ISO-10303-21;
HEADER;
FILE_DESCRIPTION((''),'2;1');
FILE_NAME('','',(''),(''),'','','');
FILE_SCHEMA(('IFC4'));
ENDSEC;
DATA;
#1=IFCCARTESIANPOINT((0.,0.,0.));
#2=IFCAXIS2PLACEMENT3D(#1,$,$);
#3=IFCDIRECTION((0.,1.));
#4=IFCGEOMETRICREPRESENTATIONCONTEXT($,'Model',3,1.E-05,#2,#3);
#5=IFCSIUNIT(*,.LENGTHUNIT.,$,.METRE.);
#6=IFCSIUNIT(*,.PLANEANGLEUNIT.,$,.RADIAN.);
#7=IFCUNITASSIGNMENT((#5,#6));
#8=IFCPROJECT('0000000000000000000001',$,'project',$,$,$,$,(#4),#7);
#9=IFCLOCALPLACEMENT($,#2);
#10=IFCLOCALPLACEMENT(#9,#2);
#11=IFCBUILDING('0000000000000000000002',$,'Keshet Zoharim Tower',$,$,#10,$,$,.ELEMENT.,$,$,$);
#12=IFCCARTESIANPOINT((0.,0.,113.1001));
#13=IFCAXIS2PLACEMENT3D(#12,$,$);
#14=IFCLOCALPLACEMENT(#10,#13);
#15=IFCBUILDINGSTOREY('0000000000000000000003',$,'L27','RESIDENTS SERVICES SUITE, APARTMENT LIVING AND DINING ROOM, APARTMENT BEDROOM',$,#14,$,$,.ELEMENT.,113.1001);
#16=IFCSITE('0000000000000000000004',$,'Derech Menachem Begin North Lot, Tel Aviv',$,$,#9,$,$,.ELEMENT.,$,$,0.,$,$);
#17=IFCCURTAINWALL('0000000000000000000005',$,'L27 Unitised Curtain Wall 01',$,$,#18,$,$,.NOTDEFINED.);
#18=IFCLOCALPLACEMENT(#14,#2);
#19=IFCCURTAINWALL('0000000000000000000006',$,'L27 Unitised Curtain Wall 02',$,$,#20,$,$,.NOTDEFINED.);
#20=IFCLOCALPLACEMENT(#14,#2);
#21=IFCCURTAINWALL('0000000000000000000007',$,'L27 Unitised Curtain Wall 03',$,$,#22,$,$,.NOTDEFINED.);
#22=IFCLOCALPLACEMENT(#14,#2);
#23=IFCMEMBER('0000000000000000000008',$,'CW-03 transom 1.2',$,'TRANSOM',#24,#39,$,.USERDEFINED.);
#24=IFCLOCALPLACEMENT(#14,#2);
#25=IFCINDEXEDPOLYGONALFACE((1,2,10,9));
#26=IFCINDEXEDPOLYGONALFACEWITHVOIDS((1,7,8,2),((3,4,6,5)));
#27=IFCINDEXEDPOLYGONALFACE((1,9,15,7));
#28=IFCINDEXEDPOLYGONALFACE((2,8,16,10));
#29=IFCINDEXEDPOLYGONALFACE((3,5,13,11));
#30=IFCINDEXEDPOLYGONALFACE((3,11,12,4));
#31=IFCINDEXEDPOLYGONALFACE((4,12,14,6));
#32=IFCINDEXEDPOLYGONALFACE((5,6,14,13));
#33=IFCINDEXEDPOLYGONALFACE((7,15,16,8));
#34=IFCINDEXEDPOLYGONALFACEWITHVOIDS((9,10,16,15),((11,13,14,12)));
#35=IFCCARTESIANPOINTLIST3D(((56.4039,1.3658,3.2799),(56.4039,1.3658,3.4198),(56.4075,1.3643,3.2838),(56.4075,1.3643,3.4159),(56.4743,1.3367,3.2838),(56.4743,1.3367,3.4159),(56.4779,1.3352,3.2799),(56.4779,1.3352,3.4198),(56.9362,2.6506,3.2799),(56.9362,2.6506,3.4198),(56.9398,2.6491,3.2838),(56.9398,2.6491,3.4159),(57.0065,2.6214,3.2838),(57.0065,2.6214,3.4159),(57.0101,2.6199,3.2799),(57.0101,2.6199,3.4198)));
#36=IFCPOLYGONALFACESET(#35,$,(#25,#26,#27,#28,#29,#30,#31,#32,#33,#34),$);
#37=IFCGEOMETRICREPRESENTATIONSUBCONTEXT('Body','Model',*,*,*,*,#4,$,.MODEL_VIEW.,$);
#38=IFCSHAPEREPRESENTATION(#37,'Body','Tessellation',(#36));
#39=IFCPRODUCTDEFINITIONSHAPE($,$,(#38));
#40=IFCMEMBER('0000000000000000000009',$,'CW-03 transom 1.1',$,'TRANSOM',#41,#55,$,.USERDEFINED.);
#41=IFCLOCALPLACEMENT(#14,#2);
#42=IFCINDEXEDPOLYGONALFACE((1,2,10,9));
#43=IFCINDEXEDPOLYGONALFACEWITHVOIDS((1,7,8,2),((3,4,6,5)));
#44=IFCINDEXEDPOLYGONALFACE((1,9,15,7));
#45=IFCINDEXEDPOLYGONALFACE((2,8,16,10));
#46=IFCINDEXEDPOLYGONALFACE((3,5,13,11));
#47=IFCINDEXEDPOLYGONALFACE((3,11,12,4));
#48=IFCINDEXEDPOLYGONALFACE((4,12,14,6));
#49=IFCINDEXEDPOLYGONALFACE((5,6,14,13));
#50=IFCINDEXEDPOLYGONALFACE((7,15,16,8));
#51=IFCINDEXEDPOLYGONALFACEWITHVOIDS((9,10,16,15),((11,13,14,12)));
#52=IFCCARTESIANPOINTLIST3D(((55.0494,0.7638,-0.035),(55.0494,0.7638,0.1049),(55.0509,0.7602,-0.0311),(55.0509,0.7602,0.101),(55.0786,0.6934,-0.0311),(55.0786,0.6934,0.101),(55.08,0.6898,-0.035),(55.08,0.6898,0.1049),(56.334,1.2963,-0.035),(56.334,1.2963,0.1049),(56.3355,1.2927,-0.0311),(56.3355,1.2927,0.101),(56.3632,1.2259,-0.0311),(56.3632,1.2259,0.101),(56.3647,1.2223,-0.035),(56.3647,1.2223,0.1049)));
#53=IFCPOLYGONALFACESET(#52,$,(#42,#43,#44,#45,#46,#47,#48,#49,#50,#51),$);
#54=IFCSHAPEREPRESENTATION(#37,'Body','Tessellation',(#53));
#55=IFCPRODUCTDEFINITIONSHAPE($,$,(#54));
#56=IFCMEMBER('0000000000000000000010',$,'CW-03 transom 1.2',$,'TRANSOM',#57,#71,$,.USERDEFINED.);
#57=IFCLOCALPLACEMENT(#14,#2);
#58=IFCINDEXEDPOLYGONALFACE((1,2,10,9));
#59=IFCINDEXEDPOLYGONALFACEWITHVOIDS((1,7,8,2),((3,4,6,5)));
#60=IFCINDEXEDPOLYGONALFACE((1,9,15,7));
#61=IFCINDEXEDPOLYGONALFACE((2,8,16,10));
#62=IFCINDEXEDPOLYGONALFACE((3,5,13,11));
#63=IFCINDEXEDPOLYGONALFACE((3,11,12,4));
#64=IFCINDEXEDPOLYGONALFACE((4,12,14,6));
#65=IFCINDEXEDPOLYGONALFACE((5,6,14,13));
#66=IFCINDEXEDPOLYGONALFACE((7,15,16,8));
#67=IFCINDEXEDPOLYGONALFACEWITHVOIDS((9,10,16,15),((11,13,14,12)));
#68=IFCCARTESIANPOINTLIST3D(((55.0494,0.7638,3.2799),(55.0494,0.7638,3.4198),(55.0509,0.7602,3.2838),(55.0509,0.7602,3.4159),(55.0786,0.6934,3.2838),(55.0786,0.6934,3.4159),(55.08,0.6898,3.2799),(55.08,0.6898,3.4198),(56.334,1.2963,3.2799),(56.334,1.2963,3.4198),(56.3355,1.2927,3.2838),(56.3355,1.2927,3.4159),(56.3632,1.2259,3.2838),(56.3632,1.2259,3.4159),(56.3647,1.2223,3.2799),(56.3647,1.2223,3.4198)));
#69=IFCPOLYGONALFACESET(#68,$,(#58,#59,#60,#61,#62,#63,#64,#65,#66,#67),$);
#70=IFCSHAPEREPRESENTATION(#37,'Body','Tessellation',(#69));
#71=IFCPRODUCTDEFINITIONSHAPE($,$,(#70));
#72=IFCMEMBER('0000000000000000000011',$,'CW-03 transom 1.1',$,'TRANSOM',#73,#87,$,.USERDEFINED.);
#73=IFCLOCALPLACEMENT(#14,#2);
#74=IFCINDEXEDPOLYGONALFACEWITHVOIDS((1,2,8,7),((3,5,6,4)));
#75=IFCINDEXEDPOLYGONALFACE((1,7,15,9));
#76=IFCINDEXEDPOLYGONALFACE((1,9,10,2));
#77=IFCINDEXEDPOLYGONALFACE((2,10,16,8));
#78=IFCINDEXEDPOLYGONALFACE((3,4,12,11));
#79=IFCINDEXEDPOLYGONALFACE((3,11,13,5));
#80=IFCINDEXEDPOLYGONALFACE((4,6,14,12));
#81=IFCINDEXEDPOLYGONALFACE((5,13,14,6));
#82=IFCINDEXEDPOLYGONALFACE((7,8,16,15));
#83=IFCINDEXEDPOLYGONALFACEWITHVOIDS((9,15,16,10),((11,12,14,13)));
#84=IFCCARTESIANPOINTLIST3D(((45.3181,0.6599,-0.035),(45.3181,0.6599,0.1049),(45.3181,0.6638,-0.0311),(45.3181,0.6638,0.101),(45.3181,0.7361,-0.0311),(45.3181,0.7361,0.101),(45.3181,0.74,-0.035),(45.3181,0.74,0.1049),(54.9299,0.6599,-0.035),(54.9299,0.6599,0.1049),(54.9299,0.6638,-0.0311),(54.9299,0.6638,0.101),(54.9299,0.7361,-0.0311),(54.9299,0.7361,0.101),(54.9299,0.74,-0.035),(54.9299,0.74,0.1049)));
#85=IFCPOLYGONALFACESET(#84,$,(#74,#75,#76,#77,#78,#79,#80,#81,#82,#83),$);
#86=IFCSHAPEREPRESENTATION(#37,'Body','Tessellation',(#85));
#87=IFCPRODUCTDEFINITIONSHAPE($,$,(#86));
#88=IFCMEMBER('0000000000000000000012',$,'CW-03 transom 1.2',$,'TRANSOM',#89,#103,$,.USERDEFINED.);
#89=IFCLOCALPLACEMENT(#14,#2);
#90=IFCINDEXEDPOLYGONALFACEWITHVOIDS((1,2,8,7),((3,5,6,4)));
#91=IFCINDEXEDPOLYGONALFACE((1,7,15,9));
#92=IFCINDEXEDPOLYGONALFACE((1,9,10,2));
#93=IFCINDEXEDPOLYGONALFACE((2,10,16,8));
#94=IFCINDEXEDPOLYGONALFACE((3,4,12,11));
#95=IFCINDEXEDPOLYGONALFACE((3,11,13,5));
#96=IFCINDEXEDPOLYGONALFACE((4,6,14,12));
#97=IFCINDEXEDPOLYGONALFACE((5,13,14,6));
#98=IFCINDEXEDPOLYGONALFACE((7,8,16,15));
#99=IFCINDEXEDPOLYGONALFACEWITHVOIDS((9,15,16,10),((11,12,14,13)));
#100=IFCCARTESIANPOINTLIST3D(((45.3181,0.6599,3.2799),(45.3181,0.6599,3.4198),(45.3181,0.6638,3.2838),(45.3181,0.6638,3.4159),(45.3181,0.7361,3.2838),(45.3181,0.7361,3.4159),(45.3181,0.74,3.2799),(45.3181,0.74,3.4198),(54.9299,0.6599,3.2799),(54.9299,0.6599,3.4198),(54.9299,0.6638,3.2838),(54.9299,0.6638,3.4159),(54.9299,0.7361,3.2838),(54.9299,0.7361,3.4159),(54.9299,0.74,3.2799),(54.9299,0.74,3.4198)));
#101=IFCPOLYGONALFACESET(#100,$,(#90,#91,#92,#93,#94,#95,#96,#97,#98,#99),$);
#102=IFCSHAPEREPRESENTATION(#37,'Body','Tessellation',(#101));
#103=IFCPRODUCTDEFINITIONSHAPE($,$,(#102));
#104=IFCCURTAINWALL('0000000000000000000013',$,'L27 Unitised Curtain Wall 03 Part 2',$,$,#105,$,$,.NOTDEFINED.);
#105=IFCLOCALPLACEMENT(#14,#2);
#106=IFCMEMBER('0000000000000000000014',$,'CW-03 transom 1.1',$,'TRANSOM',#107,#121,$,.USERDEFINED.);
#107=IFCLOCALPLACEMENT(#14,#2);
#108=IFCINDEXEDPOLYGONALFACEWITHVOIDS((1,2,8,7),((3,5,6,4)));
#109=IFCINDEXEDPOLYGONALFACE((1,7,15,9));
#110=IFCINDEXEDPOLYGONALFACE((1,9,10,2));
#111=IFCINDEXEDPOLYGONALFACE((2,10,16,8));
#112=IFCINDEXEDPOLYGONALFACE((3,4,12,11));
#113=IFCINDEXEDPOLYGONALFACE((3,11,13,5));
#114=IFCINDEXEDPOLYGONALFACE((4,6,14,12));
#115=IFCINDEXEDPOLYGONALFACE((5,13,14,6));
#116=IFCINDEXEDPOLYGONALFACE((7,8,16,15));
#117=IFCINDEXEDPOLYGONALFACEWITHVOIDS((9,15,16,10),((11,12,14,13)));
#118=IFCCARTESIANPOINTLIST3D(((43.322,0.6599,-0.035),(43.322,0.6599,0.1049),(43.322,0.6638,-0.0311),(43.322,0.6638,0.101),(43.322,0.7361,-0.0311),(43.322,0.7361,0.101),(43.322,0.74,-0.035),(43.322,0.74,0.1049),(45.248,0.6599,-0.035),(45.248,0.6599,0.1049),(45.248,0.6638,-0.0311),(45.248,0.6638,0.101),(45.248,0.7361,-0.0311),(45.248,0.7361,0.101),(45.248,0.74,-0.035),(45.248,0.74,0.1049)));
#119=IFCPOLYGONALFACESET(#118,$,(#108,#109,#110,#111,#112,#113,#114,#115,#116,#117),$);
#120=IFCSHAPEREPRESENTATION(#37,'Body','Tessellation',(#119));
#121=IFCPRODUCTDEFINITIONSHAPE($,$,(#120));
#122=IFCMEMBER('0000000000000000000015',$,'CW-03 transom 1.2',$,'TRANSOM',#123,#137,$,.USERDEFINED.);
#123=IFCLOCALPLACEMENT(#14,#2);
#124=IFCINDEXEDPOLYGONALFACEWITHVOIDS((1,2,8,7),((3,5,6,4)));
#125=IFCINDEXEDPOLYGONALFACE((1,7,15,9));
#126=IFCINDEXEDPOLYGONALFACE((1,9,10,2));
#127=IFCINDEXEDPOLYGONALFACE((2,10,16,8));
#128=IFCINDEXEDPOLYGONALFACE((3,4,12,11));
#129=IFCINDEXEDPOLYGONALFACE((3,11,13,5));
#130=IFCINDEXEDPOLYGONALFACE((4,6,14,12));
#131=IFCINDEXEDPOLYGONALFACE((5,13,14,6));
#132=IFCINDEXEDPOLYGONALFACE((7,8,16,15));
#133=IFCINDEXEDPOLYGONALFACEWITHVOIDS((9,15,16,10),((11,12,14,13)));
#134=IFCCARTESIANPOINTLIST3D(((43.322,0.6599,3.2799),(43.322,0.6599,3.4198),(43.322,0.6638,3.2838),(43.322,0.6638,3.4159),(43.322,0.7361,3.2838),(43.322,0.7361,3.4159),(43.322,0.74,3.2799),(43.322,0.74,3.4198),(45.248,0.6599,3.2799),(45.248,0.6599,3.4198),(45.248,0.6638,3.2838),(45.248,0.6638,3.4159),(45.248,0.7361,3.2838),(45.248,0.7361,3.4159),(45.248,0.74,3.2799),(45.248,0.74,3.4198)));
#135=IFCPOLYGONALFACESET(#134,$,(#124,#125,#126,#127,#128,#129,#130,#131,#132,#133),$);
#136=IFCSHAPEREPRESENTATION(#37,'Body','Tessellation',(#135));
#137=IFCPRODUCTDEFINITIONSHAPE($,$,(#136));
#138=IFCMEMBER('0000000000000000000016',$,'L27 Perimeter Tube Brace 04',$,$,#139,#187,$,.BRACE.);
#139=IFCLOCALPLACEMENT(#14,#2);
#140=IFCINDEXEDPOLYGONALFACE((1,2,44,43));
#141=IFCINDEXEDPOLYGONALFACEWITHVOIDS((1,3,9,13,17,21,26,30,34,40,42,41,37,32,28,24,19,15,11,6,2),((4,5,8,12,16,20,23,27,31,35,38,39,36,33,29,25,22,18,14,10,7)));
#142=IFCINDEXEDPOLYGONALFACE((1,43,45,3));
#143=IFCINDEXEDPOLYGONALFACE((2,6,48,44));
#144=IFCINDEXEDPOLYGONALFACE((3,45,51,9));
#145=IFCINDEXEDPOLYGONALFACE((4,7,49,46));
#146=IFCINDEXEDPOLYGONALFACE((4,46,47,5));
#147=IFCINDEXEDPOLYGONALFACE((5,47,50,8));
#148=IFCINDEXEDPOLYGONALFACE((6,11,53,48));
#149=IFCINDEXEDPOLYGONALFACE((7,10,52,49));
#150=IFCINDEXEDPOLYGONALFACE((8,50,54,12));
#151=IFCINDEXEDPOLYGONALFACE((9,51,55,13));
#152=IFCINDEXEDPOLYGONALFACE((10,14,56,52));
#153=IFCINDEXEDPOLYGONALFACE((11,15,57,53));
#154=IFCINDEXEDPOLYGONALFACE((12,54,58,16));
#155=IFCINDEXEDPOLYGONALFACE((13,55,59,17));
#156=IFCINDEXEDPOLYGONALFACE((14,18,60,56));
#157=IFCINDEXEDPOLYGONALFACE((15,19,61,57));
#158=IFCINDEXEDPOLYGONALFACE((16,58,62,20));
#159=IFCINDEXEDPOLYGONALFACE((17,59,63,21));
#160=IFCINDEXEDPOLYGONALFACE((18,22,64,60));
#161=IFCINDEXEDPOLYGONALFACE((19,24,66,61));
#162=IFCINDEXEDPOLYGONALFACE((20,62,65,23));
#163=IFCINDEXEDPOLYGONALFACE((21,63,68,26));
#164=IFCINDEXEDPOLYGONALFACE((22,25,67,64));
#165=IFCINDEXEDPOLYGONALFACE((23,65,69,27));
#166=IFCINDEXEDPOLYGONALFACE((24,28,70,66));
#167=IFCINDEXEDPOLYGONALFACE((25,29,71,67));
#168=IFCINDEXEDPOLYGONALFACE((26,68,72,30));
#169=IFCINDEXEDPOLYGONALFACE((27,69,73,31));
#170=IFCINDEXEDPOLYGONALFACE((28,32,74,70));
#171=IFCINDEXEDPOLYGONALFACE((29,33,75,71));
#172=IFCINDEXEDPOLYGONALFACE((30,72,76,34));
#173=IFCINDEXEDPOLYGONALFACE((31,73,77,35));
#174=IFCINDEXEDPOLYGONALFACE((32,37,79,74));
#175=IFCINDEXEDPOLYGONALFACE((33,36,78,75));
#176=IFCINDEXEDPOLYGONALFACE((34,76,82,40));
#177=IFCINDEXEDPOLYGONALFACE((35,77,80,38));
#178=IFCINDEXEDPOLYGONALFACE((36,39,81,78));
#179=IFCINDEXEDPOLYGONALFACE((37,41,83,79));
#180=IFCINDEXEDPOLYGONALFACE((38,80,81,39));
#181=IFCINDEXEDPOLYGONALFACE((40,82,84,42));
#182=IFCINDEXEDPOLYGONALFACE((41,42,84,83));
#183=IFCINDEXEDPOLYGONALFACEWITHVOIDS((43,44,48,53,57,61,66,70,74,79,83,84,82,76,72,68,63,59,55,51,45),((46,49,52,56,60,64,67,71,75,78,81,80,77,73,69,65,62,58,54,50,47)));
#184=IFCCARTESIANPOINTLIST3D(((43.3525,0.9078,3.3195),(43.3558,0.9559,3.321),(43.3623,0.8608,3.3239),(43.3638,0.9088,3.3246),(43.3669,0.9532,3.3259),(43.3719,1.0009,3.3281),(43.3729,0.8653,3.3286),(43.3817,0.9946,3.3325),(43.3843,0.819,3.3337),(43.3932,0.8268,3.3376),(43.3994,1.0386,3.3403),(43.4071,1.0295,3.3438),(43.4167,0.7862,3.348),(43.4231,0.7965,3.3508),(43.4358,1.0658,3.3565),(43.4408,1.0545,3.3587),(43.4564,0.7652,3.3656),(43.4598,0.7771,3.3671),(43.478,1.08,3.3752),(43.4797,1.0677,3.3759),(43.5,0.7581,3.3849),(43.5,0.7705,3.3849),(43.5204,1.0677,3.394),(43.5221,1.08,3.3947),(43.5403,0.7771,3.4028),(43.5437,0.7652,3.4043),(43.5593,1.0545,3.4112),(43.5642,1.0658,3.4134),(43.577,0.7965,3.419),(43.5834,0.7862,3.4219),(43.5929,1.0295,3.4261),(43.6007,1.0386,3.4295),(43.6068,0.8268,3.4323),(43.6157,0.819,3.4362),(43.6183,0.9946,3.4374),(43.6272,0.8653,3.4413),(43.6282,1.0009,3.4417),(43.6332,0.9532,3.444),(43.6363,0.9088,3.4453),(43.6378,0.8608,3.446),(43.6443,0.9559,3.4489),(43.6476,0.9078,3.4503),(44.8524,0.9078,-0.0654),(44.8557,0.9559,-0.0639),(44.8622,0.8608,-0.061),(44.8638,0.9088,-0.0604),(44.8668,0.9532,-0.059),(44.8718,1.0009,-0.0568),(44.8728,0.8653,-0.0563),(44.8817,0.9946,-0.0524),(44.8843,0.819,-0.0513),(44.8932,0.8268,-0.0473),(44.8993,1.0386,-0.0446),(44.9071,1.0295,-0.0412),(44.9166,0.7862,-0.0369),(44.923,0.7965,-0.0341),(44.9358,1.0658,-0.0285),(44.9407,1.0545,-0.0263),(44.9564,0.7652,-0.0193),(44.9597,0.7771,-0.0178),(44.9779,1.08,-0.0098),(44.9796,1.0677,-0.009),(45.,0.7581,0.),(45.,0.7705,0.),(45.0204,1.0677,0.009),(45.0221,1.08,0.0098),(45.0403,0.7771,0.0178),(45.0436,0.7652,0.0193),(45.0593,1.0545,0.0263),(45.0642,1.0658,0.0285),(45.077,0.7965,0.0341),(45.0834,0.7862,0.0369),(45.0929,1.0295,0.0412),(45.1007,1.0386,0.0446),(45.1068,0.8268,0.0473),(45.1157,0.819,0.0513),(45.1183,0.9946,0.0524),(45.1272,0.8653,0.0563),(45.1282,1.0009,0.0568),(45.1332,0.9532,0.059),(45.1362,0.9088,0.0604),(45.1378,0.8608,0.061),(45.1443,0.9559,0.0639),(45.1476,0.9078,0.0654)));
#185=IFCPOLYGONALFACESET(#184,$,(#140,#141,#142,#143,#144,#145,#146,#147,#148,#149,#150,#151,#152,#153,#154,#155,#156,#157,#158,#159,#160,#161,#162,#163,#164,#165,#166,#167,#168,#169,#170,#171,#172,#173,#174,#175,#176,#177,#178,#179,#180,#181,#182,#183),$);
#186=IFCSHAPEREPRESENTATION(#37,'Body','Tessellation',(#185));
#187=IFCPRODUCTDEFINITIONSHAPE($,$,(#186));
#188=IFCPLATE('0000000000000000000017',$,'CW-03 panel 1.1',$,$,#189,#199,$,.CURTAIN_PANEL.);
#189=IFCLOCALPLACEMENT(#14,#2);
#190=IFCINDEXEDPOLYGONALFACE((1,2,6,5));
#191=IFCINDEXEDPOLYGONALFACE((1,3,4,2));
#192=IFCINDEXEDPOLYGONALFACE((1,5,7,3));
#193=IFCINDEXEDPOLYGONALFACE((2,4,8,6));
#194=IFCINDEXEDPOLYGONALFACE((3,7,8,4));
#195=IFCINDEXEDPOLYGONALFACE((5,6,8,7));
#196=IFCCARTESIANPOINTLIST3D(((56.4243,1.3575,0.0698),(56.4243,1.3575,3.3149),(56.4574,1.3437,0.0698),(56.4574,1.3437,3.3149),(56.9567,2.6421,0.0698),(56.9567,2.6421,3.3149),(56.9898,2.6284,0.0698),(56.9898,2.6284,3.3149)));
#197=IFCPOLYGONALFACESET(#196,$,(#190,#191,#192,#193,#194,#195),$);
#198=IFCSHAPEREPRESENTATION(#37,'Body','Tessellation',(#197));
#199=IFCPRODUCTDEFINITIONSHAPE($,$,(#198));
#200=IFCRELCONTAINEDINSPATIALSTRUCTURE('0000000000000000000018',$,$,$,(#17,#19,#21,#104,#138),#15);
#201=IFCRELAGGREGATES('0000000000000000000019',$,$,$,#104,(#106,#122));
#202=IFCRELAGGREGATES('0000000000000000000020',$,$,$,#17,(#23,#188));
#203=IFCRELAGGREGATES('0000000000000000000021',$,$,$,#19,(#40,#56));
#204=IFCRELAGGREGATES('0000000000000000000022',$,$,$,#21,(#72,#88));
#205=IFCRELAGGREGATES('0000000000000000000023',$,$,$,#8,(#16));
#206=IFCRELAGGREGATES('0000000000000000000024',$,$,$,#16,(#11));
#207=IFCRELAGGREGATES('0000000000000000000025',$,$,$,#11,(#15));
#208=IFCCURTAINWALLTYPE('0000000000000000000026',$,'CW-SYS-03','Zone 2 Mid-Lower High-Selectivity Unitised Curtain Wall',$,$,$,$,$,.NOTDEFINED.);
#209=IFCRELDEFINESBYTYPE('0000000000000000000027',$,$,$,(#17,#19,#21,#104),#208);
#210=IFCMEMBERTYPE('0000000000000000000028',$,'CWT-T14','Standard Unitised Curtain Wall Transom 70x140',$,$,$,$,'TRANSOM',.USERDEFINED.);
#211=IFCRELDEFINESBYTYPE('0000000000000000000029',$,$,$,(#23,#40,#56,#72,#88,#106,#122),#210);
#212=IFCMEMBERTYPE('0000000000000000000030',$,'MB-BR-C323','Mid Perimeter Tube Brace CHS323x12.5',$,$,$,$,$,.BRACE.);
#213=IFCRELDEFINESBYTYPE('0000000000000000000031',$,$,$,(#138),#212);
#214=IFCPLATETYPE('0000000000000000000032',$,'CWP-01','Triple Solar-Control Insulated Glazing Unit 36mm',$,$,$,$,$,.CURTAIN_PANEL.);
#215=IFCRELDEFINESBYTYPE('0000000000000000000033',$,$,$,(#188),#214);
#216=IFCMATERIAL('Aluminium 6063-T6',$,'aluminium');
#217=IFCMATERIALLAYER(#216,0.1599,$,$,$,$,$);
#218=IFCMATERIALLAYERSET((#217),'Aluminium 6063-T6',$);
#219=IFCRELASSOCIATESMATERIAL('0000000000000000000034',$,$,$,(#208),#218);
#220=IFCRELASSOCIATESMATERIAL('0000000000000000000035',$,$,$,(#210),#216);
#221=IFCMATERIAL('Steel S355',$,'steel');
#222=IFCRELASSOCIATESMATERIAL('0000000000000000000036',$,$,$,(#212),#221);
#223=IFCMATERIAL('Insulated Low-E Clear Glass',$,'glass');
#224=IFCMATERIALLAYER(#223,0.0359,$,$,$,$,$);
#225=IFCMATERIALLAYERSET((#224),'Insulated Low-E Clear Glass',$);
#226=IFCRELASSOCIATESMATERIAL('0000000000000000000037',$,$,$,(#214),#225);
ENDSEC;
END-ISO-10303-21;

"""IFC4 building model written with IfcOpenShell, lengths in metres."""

from ifc_helpers import new_model, si_unit, direction, frame, origin, origin_2d, place, context, subcontext, project, spatial, rectangle, hollow_rectangle, hollow_circle, extrude, material, layer, layer_set, material_profile, profile_set, type_object, element, aggregate, save


model = new_model("IFC4")

# Units and contexts
model_context = context("Model", 3, precision=1e-05, world=origin(), true_north=direction((0.0, 1.0)))
body_context = subcontext(model_context, "Body", "Model", "MODEL_VIEW")
ifc_project = project(units=[si_unit("LENGTHUNIT", "METRE"), si_unit("PLANEANGLEUNIT", "RADIAN")], contexts=[model_context])

# Site, building, storey
site_placement = place(None, origin())
site = spatial("IfcSite", under=ifc_project, at=site_placement, Name="Derech Menachem Begin North Lot, Tel Aviv", CompositionType="ELEMENT", RefElevation=0.0)
building_placement = place(site_placement, origin())
building = spatial("IfcBuilding", under=site, at=building_placement, Name="Keshet Zoharim Tower", CompositionType="ELEMENT")
storey_placement = place(building_placement, frame((0.0, 0.0, 113.1001)))
storey = spatial("IfcBuildingStorey", under=building, at=storey_placement, Name="L27", Description="RESIDENTS SERVICES SUITE, APARTMENT LIVING AND DINING ROOM, APARTMENT BEDROOM", CompositionType="ELEMENT", Elevation=113.1001)

# Shared definitions
ifc_material_1 = material(Name="Steel S355", Category="steel")

# Curtain walls
ifc_material_2 = material(Name="Aluminium 6063-T6", Category="aluminium")
ifc_layer_1 = layer(ifc_material_2, 0.1599)
ifc_layer_set_1 = layer_set([ifc_layer_1], Name="Aluminium 6063-T6")
curtain_wall_type = type_object("IfcCurtainWallType", Name="CW-SYS-03", Description="Zone 2 Mid-Lower High-Selectivity Unitised Curtain Wall", PredefinedType="NOTDEFINED", material=ifc_layer_set_1)
curtain_wall_1_placement = place(storey_placement, origin())
curtain_wall_1 = element("IfcCurtainWall", 1, at=curtain_wall_1_placement, inside=storey, type_object=curtain_wall_type, Name="L27 Unitised Curtain Wall 01", PredefinedType="NOTDEFINED")
curtain_wall_2_placement = place(storey_placement, origin())
curtain_wall_2 = element("IfcCurtainWall", 2, at=curtain_wall_2_placement, inside=storey, type_object=curtain_wall_type, Name="L27 Unitised Curtain Wall 02", PredefinedType="NOTDEFINED")
curtain_wall_3_placement = place(storey_placement, origin())
curtain_wall_3 = element("IfcCurtainWall", 3, at=curtain_wall_3_placement, inside=storey, type_object=curtain_wall_type, Name="L27 Unitised Curtain Wall 03", PredefinedType="NOTDEFINED")

# Members
ifc_material_profile_1 = material_profile(ifc_material_2, hollow_rectangle(XDim=0.0801, YDim=0.1399, WallThickness=0.0039, at=origin_2d()), Name="TRN-80x140")
ifc_profile_set_1 = profile_set([ifc_material_profile_1], Name="Aluminium 6063-T6")
member_type_1 = type_object("IfcMemberType", Name="CWT-T14", Description="Standard Unitised Curtain Wall Transom 70x140", ElementType="TRANSOM", PredefinedType="USERDEFINED", material=ifc_profile_set_1)
member_1_placement = place(storey_placement, frame((56.9731, 2.6353, 3.3499), z_axis=(-0.382745, -0.923854, 0.0), x_axis=(0.923854, -0.382745, 0.0)))
member_1 = element("IfcMember", 4, at=member_1_placement, type_object=member_type_1, Name="CW-03 transom 1.2", ObjectType="TRANSOM", PredefinedType="USERDEFINED", context=body_context, shape_type="SweptSolid", body=[
    extrude(hollow_rectangle(XDim=0.0801, YDim=0.1399, WallThickness=0.0039, at=origin_2d()), origin(), (0.0, 0.0, 1.0), 1.3906),
])
member_2_placement = place(storey_placement, frame((56.3494, 1.2593, 0.0349), z_axis=(-0.923792, -0.382894, 0.0), x_axis=(0.382894, -0.923792, 0.0)))
member_2 = element("IfcMember", 5, at=member_2_placement, type_object=member_type_1, Name="CW-03 transom 1.1", ObjectType="TRANSOM", PredefinedType="USERDEFINED", context=body_context, shape_type="SweptSolid", body=[
    extrude(hollow_rectangle(XDim=0.0801, YDim=0.1399, WallThickness=0.0039, at=origin_2d()), origin(), (0.0, 0.0, 1.0), 1.3906),
])
member_3_placement = place(storey_placement, frame((56.3494, 1.2593, 3.3499), z_axis=(-0.923792, -0.382894, 0.0), x_axis=(0.382894, -0.923792, 0.0)))
member_3 = element("IfcMember", 6, at=member_3_placement, type_object=member_type_1, Name="CW-03 transom 1.2", ObjectType="TRANSOM", PredefinedType="USERDEFINED", context=body_context, shape_type="SweptSolid", body=[
    extrude(hollow_rectangle(XDim=0.0801, YDim=0.1399, WallThickness=0.0039, at=origin_2d()), origin(), (0.0, 0.0, 1.0), 1.3906),
])
member_4_placement = place(storey_placement, frame((54.9299, 0.7, 0.0349), z_axis=(-1.0, 0.0, 0.0), x_axis=(0.0, -1.0, 0.0)))
member_4 = element("IfcMember", 7, at=member_4_placement, type_object=member_type_1, Name="CW-03 transom 1.1", ObjectType="TRANSOM", PredefinedType="USERDEFINED", context=body_context, shape_type="SweptSolid", body=[
    extrude(hollow_rectangle(XDim=0.0801, YDim=0.1399, WallThickness=0.0039, at=origin_2d()), origin(), (0.0, 0.0, 1.0), 9.6118),
])
member_5_placement = place(storey_placement, frame((54.9299, 0.7, 3.3499), z_axis=(-1.0, 0.0, 0.0), x_axis=(0.0, -1.0, 0.0)))
member_5 = element("IfcMember", 8, at=member_5_placement, type_object=member_type_1, Name="CW-03 transom 1.2", ObjectType="TRANSOM", PredefinedType="USERDEFINED", context=body_context, shape_type="SweptSolid", body=[
    extrude(hollow_rectangle(XDim=0.0801, YDim=0.1399, WallThickness=0.0039, at=origin_2d()), origin(), (0.0, 0.0, 1.0), 9.6118),
])

# Curtain wall, members
curtain_wall_4_placement = place(storey_placement, origin())
curtain_wall_4 = element("IfcCurtainWall", 9, at=curtain_wall_4_placement, inside=storey, type_object=curtain_wall_type, Name="L27 Unitised Curtain Wall 03 Part 2", PredefinedType="NOTDEFINED")
member_6_placement = place(storey_placement, frame((45.248, 0.7, 0.0349), z_axis=(-1.0, 0.0, 0.0), x_axis=(0.0, -1.0, 0.0)))
member_6 = element("IfcMember", 10, at=member_6_placement, type_object=member_type_1, Name="CW-03 transom 1.1", ObjectType="TRANSOM", PredefinedType="USERDEFINED", context=body_context, shape_type="SweptSolid", body=[
    extrude(hollow_rectangle(XDim=0.0801, YDim=0.1399, WallThickness=0.0039, at=origin_2d()), origin(), (0.0, 0.0, 1.0), 1.926),
])
member_7_placement = place(storey_placement, frame((45.248, 0.7, 3.3499), z_axis=(-1.0, 0.0, 0.0), x_axis=(0.0, -1.0, 0.0)))
member_7 = element("IfcMember", 11, at=member_7_placement, type_object=member_type_1, Name="CW-03 transom 1.2", ObjectType="TRANSOM", PredefinedType="USERDEFINED", context=body_context, shape_type="SweptSolid", body=[
    extrude(hollow_rectangle(XDim=0.0801, YDim=0.1399, WallThickness=0.0039, at=origin_2d()), origin(), (0.0, 0.0, 1.0), 1.926),
])
aggregate(curtain_wall_4, [member_6, member_7])

# Member
ifc_material_profile_2 = material_profile(ifc_material_1, hollow_circle(Radius=0.1619, WallThickness=0.0125, at=origin_2d()), Name="CHS323x12.5")
ifc_profile_set_2 = profile_set([ifc_material_profile_2], Name="Steel S355")
member_type_2 = type_object("IfcMemberType", Name="MB-BR-C323", Description="Mid Perimeter Tube Brace CHS323x12.5", PredefinedType="BRACE", material=ifc_profile_set_2)
member_8_placement = place(storey_placement, frame((45.0, 0.9199, 0.0), z_axis=(-0.405135, 0.0, 0.914257), x_axis=(0.0, -1.0, 0.0)))
element("IfcMember", 12, at=member_8_placement, inside=storey, type_object=member_type_2, Name="L27 Perimeter Tube Brace 04", PredefinedType="BRACE", context=body_context, shape_type="SweptSolid", body=[
    extrude(hollow_circle(Radius=0.1619, WallThickness=0.0125, at=origin_2d()), origin(), (0.0, 0.0, 1.0), 3.7024),
])

# Plate
ifc_material_3 = material(Name="Insulated Low-E Clear Glass", Category="glass")
ifc_layer_2 = layer(ifc_material_3, 0.0359)
ifc_layer_set_2 = layer_set([ifc_layer_2], Name="Insulated Low-E Clear Glass")
plate_type = type_object("IfcPlateType", Name="CWP-01", Description="Triple Solar-Control Insulated Glazing Unit 36mm", PredefinedType="CURTAIN_PANEL", material=ifc_layer_set_2)
plate_1_placement = place(storey_placement, frame((56.707, 1.9929, 0.0698), z_axis=(0.0, 0.0, 1.0), x_axis=(-0.382852, -0.92381, 0.0)))
plate_1 = element("IfcPlate", 13, at=plate_1_placement, type_object=plate_type, Name="CW-03 panel 1.1", PredefinedType="CURTAIN_PANEL", context=body_context, shape_type="SweptSolid", body=[
    extrude(rectangle(XDim=1.3906, YDim=0.0359, at=origin_2d()), origin(), (0.0, 0.0, 1.0), 3.2451),
])
aggregate(curtain_wall_1, [member_1, plate_1])
aggregate(curtain_wall_2, [member_2, member_3])
aggregate(curtain_wall_3, [member_4, member_5])

save(model, "model.ifc")
